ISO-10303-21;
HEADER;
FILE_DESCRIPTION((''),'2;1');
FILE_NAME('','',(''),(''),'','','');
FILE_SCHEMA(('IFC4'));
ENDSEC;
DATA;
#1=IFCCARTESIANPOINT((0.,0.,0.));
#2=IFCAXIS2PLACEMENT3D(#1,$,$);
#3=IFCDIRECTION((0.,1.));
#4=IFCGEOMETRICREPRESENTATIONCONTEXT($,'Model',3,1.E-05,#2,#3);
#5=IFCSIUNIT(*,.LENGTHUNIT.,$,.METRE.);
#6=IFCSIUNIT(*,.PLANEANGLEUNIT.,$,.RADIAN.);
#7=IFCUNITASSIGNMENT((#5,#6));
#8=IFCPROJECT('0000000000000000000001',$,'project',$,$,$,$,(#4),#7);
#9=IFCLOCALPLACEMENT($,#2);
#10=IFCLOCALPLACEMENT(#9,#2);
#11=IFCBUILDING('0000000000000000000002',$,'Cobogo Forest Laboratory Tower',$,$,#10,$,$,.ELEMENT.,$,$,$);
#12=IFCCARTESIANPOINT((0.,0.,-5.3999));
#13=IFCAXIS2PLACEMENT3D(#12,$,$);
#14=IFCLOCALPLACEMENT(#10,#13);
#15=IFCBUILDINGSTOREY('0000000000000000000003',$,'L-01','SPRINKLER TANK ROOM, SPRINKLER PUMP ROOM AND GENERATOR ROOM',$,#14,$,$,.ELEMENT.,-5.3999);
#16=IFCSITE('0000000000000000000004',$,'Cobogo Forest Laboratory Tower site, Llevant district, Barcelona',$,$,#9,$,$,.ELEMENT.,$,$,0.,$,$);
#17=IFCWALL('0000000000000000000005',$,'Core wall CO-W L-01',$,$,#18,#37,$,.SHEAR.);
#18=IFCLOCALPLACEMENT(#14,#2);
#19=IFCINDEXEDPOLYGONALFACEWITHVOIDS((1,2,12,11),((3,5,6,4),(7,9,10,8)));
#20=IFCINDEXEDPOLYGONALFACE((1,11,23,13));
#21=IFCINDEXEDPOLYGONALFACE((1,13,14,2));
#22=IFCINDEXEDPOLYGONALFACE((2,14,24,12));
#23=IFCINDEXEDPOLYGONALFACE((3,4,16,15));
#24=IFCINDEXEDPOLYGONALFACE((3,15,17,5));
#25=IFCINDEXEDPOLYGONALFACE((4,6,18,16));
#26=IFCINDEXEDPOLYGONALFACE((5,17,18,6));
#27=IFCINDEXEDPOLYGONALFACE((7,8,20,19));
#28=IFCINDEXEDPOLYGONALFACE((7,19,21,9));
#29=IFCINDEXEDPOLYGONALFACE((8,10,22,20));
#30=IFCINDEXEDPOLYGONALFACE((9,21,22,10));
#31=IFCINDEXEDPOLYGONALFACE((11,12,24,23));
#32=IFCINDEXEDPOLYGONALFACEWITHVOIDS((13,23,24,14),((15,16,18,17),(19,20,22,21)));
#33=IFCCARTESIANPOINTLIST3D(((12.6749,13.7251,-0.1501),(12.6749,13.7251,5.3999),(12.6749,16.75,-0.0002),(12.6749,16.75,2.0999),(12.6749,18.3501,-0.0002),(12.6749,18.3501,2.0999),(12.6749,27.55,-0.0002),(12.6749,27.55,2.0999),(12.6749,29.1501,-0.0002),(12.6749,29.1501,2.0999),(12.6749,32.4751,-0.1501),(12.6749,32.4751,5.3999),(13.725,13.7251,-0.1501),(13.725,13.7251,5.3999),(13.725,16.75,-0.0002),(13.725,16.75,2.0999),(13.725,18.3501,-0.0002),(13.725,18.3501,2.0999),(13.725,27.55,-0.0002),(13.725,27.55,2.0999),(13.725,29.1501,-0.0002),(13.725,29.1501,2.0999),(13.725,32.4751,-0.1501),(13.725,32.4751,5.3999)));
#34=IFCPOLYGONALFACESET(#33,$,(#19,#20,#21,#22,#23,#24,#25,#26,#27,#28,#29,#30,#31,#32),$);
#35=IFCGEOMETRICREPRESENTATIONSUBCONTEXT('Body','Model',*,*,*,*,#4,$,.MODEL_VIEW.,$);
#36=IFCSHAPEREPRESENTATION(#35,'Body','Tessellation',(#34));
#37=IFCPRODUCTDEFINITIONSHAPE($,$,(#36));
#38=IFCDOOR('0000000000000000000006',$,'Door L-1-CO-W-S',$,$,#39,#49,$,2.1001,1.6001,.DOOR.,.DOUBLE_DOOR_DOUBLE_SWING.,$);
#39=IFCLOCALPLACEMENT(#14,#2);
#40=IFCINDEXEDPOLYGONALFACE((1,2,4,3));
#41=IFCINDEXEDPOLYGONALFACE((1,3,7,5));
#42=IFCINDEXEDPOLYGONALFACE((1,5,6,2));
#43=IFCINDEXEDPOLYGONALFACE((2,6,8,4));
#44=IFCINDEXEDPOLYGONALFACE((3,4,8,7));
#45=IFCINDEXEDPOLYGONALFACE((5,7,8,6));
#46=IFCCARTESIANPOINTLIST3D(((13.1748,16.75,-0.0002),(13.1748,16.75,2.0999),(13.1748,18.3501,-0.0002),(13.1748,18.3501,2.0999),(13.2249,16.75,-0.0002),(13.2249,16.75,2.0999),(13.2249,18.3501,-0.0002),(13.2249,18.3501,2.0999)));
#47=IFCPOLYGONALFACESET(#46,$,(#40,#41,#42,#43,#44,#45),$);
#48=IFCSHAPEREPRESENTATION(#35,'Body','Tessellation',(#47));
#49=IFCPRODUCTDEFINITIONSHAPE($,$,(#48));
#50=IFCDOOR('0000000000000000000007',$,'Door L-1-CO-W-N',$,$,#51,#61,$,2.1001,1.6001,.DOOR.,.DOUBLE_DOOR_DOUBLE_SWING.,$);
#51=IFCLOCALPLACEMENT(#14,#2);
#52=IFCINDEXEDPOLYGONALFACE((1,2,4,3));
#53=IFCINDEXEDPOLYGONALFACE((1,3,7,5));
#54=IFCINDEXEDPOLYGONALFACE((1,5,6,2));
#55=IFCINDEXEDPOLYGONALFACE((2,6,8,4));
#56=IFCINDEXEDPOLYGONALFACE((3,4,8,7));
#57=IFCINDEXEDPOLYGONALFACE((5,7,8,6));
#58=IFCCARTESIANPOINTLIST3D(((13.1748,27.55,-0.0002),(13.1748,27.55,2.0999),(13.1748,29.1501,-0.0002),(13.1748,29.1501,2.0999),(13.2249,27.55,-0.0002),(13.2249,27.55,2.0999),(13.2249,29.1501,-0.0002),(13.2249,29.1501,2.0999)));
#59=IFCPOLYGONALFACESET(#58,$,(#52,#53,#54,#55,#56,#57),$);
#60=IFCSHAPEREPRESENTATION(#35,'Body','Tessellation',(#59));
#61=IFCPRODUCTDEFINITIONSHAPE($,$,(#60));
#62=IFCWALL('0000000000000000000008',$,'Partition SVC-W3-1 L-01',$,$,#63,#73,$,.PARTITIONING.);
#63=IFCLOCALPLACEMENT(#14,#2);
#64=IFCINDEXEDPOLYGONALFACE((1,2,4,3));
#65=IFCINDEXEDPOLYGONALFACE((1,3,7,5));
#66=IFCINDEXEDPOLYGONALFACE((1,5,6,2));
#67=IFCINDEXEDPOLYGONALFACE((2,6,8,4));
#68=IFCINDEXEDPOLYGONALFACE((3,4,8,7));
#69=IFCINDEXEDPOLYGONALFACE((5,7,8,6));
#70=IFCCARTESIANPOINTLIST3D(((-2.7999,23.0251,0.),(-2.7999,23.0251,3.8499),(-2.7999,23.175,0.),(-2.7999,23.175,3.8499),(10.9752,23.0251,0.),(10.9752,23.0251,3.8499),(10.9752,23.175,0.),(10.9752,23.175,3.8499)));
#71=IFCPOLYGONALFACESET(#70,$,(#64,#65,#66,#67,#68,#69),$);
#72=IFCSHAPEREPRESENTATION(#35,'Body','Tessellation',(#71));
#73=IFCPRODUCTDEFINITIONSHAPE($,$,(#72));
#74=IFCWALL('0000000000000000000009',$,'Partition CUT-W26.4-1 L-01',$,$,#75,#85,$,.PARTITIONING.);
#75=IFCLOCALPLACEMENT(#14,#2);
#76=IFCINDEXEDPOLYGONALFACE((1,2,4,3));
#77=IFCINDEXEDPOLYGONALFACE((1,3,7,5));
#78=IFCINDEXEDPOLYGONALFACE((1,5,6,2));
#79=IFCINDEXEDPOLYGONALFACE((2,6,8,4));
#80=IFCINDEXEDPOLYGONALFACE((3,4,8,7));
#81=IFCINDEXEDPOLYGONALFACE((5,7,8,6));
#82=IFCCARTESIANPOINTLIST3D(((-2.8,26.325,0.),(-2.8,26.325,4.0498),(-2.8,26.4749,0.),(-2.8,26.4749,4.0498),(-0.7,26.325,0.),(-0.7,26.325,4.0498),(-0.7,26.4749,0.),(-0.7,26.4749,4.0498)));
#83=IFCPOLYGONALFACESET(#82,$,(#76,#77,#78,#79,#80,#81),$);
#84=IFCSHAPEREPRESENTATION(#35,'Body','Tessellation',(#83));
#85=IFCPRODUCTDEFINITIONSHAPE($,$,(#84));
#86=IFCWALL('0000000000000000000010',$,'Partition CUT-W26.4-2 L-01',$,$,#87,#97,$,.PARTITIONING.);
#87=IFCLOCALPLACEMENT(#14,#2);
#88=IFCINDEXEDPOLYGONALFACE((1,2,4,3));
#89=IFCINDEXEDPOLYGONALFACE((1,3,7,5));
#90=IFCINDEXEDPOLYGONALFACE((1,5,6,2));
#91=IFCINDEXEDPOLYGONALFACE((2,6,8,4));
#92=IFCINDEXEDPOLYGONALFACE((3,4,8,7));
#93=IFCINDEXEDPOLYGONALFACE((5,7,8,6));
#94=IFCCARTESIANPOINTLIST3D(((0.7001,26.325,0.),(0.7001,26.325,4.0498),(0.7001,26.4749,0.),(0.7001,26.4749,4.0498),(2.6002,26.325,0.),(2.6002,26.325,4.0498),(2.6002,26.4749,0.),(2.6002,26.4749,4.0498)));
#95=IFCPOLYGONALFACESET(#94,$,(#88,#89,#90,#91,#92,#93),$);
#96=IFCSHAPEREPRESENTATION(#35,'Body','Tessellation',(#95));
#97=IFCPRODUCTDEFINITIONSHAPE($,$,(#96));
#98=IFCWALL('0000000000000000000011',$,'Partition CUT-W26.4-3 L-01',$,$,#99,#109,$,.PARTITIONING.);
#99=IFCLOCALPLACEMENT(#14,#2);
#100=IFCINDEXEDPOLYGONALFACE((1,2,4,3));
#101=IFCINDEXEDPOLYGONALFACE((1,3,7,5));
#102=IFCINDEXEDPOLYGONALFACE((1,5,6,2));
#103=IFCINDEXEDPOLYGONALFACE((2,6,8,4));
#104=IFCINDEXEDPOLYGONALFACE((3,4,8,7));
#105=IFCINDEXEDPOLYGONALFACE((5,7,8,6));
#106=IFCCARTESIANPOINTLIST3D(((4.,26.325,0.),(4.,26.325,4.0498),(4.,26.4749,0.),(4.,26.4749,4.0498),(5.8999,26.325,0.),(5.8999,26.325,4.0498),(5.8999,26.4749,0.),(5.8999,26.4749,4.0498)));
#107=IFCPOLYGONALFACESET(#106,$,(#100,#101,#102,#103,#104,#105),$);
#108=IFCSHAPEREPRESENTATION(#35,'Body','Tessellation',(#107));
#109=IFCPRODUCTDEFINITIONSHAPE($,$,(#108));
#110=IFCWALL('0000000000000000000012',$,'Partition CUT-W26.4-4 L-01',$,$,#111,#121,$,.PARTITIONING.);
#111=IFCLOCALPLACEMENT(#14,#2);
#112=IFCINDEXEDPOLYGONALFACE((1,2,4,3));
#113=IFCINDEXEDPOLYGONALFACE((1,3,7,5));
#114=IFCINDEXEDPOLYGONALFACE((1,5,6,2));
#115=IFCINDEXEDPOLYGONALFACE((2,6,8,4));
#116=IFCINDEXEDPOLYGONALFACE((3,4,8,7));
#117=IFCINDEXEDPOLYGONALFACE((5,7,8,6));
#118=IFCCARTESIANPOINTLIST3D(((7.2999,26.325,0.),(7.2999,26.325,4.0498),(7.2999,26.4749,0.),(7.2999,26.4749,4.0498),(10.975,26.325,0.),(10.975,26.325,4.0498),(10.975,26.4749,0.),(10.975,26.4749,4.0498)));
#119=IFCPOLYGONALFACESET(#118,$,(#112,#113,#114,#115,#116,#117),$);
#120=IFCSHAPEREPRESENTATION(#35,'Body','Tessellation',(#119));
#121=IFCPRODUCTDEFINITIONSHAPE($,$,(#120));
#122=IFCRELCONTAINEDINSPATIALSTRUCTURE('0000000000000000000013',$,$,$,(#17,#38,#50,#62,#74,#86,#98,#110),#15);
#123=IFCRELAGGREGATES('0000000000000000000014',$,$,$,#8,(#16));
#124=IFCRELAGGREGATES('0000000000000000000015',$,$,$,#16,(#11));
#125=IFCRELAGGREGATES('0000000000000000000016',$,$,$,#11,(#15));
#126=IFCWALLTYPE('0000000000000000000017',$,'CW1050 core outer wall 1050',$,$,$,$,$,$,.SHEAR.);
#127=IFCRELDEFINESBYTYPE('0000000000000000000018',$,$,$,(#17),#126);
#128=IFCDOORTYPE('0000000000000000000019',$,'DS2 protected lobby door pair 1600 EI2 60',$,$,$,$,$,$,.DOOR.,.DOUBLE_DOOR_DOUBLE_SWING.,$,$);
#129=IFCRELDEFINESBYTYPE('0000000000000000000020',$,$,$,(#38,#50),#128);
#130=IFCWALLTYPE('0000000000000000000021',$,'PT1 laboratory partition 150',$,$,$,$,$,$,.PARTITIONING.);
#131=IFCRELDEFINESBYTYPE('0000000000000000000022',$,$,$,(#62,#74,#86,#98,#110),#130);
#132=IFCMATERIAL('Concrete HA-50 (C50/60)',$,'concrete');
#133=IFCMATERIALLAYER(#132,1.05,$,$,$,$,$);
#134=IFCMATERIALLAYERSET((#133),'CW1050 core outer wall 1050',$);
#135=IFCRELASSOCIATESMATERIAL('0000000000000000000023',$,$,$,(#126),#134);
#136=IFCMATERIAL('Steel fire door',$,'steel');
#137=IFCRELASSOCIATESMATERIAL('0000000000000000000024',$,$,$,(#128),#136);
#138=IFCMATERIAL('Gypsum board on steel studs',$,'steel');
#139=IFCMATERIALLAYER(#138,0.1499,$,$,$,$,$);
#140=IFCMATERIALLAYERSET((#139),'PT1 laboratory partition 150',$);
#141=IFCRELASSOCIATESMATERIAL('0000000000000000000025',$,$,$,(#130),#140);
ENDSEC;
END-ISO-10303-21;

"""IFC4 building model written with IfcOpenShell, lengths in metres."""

from ifc_helpers import new_model, si_unit, direction, frame, frame_2d, origin, place, context, subcontext, project, spatial, rectangle, extrude, material, layer, layer_set, type_object, element, fill, save


model = new_model("IFC4")

# Units and contexts
model_context = context("Model", 3, precision=1e-05, world=origin(), true_north=direction((0.0, 1.0)))
body_context = subcontext(model_context, "Body", "Model", "MODEL_VIEW")
ifc_project = project(units=[si_unit("LENGTHUNIT", "METRE"), si_unit("PLANEANGLEUNIT", "RADIAN")], contexts=[model_context])

# Site, building, storey
site_placement = place(None, origin())
site = spatial("IfcSite", under=ifc_project, at=site_placement, Name="Cobogo Forest Laboratory Tower site, Llevant district, Barcelona", CompositionType="ELEMENT", RefElevation=0.0)
building_placement = place(site_placement, origin())
building = spatial("IfcBuilding", under=site, at=building_placement, Name="Cobogo Forest Laboratory Tower", CompositionType="ELEMENT")
storey_placement = place(building_placement, frame((0.0, 0.0, -5.3999)))
storey = spatial("IfcBuildingStorey", under=building, at=storey_placement, Name="L-01", Description="SPRINKLER TANK ROOM, SPRINKLER PUMP ROOM AND GENERATOR ROOM", CompositionType="ELEMENT", Elevation=-5.3999)

# Shared definitions
ifc_material_1 = material(Name="Concrete HA-50 (C50/60)", Category="concrete")

# Wall, openings, doors
ifc_layer_1 = layer(ifc_material_1, 1.05)
ifc_layer_set_1 = layer_set([ifc_layer_1], Name="CW1050 core outer wall 1050")
wall_type_1 = type_object("IfcWallType", Name="CW1050 core outer wall 1050", PredefinedType="SHEAR", material=ifc_layer_set_1)
wall_1_placement = place(storey_placement, frame((13.2, 32.4751, -0.1501), z_axis=(0.0, 0.0, 1.0), x_axis=(0.0, -1.0, 0.0)))
wall_1 = element("IfcWall", 1, at=wall_1_placement, inside=storey, type_object=wall_type_1, Name="Core wall CO-W L-01", PredefinedType="SHEAR", context=body_context, shape_type="SweptSolid", body=[
    extrude(rectangle(XDim=18.75, YDim=1.05, at=frame_2d((9.375, 0.0))), origin(), (0.0, 0.0, 1.0), 5.55),
])
opening_1_placement = place(wall_1_placement, frame((14.125, 0.0, 0.1499)))
opening_1 = element("IfcOpeningElement", 2, at=opening_1_placement, cuts=wall_1, PredefinedType="OPENING", context=body_context, shape_type="SweptSolid", body=[
    extrude(rectangle(XDim=1.6001, YDim=2.1001, at=frame_2d((0.8, 1.05))), frame((0.0, 0.5349, 0.0), z_axis=(0.0, -1.0, 0.0), x_axis=(1.0, 0.0, 0.0)), (0.0, 0.0, 1.0), 1.0701),
])
opening_2_placement = place(wall_1_placement, frame((3.325, 0.0, 0.1499)))
opening_2 = element("IfcOpeningElement", 3, at=opening_2_placement, cuts=wall_1, PredefinedType="OPENING", context=body_context, shape_type="SweptSolid", body=[
    extrude(rectangle(XDim=1.6001, YDim=2.1001, at=frame_2d((0.8, 1.05))), frame((0.0, 0.5349, 0.0), z_axis=(0.0, -1.0, 0.0), x_axis=(1.0, 0.0, 0.0)), (0.0, 0.0, 1.0), 1.0701),
])
ifc_material_2 = material(Name="Steel fire door", Category="steel")
door_type = type_object("IfcDoorType", Name="DS2 protected lobby door pair 1600 EI2 60", OperationType="DOUBLE_DOOR_DOUBLE_SWING", PredefinedType="DOOR", material=ifc_material_2)
door_1_placement = place(opening_1_placement, origin())
door_1 = element("IfcDoor", 4, at=door_1_placement, inside=storey, type_object=door_type, Name="Door L-1-CO-W-S", OperationType="DOUBLE_DOOR_DOUBLE_SWING", OverallHeight=2.1001, OverallWidth=1.6001, PredefinedType="DOOR", context=body_context, shape_type="SweptSolid", body=[
    extrude(rectangle(XDim=1.6001, YDim=2.1001, at=frame_2d((0.8, 1.05))), frame((0.0, 0.0249, 0.0), z_axis=(0.0, -1.0, 0.0), x_axis=(1.0, 0.0, 0.0)), (0.0, 0.0, 1.0), 0.05),
])
fill(opening_1, door_1)
door_2_placement = place(opening_2_placement, origin())
door_2 = element("IfcDoor", 5, at=door_2_placement, inside=storey, type_object=door_type, Name="Door L-1-CO-W-N", OperationType="DOUBLE_DOOR_DOUBLE_SWING", OverallHeight=2.1001, OverallWidth=1.6001, PredefinedType="DOOR", context=body_context, shape_type="SweptSolid", body=[
    extrude(rectangle(XDim=1.6001, YDim=2.1001, at=frame_2d((0.8, 1.05))), frame((0.0, 0.0249, 0.0), z_axis=(0.0, -1.0, 0.0), x_axis=(1.0, 0.0, 0.0)), (0.0, 0.0, 1.0), 0.05),
])
fill(opening_2, door_2)

# Walls
ifc_material_3 = material(Name="Gypsum board on steel studs", Category="steel")
ifc_layer_2 = layer(ifc_material_3, 0.1499)
ifc_layer_set_2 = layer_set([ifc_layer_2], Name="PT1 laboratory partition 150")
wall_type_2 = type_object("IfcWallType", Name="PT1 laboratory partition 150", PredefinedType="PARTITIONING", material=ifc_layer_set_2)
wall_2_placement = place(storey_placement, frame((-2.8, 23.1001, 0.0), z_axis=(0.0, 0.0, 1.0), x_axis=(1.0, 0.0, 0.0)))
element("IfcWall", 6, at=wall_2_placement, inside=storey, type_object=wall_type_2, Name="Partition SVC-W3-1 L-01", PredefinedType="PARTITIONING", context=body_context, shape_type="SweptSolid", body=[
    extrude(rectangle(XDim=13.7751, YDim=0.1499, at=frame_2d((6.8877, 0.0))), origin(), (0.0, 0.0, 1.0), 3.8499),
])
wall_3_placement = place(storey_placement, frame((-2.8, 26.3999, 0.0), z_axis=(0.0, 0.0, 1.0), x_axis=(1.0, 0.0, 0.0)))
element("IfcWall", 7, at=wall_3_placement, inside=storey, type_object=wall_type_2, Name="Partition CUT-W26.4-1 L-01", PredefinedType="PARTITIONING", context=body_context, shape_type="SweptSolid", body=[
    extrude(rectangle(XDim=2.1001, YDim=0.1499, at=frame_2d((1.05, 0.0))), origin(), (0.0, 0.0, 1.0), 4.0498),
])
wall_4_placement = place(storey_placement, frame((0.7, 26.3999, 0.0), z_axis=(0.0, 0.0, 1.0), x_axis=(1.0, 0.0, 0.0)))
element("IfcWall", 8, at=wall_4_placement, inside=storey, type_object=wall_type_2, Name="Partition CUT-W26.4-2 L-01", PredefinedType="PARTITIONING", context=body_context, shape_type="SweptSolid", body=[
    extrude(rectangle(XDim=1.9001, YDim=0.1499, at=frame_2d((0.9502, 0.0))), origin(), (0.0, 0.0, 1.0), 4.0498),
])
wall_5_placement = place(storey_placement, frame((4.0, 26.3999, 0.0), z_axis=(0.0, 0.0, 1.0), x_axis=(1.0, 0.0, 0.0)))
element("IfcWall", 9, at=wall_5_placement, inside=storey, type_object=wall_type_2, Name="Partition CUT-W26.4-3 L-01", PredefinedType="PARTITIONING", context=body_context, shape_type="SweptSolid", body=[
    extrude(rectangle(XDim=1.8999, YDim=0.1499, at=frame_2d((0.95, 0.0))), origin(), (0.0, 0.0, 1.0), 4.0498),
])
wall_6_placement = place(storey_placement, frame((7.3, 26.3999, 0.0), z_axis=(0.0, 0.0, 1.0), x_axis=(1.0, 0.0, 0.0)))
element("IfcWall", 10, at=wall_6_placement, inside=storey, type_object=wall_type_2, Name="Partition CUT-W26.4-4 L-01", PredefinedType="PARTITIONING", context=body_context, shape_type="SweptSolid", body=[
    extrude(rectangle(XDim=3.675, YDim=0.1499, at=frame_2d((1.8374, 0.0))), origin(), (0.0, 0.0, 1.0), 4.0498),
])

save(model, "model.ifc")
